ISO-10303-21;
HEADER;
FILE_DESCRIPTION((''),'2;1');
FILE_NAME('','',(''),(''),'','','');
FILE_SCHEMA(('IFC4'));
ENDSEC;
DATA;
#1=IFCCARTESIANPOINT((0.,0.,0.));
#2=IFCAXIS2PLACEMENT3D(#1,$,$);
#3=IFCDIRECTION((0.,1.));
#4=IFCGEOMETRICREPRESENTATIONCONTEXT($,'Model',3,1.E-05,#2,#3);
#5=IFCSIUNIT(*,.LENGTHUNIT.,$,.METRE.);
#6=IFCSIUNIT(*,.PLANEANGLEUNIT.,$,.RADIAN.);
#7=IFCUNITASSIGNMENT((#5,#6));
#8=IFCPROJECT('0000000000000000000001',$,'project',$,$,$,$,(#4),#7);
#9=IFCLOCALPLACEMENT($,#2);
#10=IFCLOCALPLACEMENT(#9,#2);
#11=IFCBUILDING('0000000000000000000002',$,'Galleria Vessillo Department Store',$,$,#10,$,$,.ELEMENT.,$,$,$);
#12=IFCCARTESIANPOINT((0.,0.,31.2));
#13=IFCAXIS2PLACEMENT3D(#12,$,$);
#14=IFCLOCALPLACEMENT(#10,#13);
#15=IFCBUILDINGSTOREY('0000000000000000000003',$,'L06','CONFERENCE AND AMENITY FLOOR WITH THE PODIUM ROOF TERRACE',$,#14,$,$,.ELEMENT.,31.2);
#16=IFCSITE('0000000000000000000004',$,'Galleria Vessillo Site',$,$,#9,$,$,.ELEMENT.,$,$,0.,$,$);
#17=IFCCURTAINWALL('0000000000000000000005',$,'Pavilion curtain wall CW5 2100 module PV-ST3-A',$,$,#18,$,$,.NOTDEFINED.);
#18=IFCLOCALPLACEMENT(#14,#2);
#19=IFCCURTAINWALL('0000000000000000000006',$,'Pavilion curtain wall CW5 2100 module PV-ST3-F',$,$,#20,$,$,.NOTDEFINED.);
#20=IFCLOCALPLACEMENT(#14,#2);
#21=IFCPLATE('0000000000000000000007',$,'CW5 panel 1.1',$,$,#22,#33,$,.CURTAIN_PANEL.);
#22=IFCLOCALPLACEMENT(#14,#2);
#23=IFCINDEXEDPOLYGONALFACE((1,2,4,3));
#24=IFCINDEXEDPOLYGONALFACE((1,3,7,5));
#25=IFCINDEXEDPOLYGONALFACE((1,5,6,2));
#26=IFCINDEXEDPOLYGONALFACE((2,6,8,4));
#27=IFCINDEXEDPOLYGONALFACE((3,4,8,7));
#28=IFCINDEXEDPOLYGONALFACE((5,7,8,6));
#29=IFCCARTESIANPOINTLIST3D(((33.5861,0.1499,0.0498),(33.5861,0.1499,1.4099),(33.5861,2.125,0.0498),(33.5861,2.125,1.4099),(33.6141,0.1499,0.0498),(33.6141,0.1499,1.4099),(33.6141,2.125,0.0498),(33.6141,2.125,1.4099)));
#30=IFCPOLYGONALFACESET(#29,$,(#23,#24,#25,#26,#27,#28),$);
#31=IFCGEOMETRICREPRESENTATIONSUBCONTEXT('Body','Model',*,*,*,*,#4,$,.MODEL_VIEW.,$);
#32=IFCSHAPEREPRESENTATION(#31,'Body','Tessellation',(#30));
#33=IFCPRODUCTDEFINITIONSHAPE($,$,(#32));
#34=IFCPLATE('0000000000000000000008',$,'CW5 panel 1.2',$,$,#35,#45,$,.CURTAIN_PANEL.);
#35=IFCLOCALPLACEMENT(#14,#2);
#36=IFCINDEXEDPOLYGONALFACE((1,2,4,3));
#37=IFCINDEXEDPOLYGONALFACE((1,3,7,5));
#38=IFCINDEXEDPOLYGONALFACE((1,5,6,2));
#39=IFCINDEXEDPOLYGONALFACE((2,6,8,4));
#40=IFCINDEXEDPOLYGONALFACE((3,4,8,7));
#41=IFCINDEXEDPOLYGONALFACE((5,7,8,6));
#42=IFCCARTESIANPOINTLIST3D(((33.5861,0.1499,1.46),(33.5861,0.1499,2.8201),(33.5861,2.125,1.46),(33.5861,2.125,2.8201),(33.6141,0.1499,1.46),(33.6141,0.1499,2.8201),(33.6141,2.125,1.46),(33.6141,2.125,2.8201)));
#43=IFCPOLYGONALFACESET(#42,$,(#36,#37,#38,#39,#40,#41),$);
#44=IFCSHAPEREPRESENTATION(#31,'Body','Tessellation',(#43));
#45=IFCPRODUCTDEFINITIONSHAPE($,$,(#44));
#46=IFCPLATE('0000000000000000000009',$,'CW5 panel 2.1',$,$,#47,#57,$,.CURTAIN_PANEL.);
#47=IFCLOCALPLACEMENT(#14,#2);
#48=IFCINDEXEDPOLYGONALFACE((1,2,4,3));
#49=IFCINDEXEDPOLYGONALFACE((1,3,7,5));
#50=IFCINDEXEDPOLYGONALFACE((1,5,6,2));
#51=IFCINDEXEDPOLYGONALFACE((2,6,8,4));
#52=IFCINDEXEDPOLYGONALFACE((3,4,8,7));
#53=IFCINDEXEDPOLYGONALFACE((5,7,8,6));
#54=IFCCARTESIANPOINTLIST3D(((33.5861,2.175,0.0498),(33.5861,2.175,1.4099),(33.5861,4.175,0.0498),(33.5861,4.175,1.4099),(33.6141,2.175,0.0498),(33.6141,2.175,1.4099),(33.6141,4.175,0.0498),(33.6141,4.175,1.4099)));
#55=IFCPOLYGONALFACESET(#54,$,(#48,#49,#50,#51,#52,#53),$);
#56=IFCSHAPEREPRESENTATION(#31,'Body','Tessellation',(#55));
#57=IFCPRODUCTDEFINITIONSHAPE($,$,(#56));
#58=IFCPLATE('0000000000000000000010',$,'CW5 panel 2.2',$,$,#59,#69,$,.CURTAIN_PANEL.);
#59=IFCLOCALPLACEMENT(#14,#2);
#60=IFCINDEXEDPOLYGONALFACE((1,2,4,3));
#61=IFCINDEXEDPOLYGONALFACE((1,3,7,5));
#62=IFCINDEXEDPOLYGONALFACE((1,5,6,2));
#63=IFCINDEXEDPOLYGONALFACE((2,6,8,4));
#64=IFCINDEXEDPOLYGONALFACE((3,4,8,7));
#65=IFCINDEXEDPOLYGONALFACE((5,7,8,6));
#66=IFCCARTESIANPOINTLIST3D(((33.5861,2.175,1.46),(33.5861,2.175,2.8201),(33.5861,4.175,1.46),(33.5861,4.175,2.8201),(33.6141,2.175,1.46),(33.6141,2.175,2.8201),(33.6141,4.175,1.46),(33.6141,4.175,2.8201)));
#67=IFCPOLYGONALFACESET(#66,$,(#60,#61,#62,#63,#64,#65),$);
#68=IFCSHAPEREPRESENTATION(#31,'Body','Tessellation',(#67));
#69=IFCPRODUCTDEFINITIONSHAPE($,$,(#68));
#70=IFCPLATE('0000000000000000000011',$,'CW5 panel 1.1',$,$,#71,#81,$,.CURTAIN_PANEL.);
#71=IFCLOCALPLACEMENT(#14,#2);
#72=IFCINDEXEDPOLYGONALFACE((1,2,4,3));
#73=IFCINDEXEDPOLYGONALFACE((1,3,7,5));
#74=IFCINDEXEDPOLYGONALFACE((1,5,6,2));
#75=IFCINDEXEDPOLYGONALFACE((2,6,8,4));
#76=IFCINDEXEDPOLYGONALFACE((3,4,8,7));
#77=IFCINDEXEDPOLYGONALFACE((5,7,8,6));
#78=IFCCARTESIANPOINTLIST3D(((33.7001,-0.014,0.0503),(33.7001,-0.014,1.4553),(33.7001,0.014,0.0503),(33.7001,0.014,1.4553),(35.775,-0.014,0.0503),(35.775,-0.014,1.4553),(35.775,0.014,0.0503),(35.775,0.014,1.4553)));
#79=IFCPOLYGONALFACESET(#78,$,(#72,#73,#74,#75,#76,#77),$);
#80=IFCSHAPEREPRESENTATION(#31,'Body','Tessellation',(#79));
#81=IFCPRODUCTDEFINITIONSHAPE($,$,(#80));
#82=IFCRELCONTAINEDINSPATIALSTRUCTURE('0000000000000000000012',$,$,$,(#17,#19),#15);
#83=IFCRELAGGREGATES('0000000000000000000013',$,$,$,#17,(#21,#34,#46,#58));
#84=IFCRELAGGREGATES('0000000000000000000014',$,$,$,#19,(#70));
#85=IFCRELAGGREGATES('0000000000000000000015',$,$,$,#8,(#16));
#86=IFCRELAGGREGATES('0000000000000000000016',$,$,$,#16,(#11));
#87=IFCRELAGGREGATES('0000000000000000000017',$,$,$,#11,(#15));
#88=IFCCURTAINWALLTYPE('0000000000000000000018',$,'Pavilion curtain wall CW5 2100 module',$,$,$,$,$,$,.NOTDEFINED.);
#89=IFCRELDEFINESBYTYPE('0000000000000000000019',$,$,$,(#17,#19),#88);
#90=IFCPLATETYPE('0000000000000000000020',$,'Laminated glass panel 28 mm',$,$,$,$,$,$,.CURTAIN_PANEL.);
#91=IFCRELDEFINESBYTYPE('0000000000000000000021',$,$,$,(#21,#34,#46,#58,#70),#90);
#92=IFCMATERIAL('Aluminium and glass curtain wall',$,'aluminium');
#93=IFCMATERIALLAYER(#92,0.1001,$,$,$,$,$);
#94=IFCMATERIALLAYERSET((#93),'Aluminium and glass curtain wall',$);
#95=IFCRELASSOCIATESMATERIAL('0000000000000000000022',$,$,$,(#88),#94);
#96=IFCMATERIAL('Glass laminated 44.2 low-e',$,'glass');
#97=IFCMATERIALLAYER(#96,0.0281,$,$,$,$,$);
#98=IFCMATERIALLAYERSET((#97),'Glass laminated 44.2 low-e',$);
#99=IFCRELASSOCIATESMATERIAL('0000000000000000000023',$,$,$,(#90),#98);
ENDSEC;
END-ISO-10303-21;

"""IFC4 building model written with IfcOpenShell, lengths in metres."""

from ifc_helpers import new_model, si_unit, direction, frame, origin, origin_2d, place, context, subcontext, project, spatial, rectangle, extrude, material, layer, layer_set, type_object, element, aggregate, save


model = new_model("IFC4")

# Units and contexts
model_context = context("Model", 3, precision=1e-05, world=origin(), true_north=direction((0.0, 1.0)))
body_context = subcontext(model_context, "Body", "Model", "MODEL_VIEW")
ifc_project = project(units=[si_unit("LENGTHUNIT", "METRE"), si_unit("PLANEANGLEUNIT", "RADIAN")], contexts=[model_context])

# Site, building, storey
site_placement = place(None, origin())
site = spatial("IfcSite", under=ifc_project, at=site_placement, Name="Galleria Vessillo Site", CompositionType="ELEMENT", RefElevation=0.0)
building_placement = place(site_placement, origin())
building = spatial("IfcBuilding", under=site, at=building_placement, Name="Galleria Vessillo Department Store", CompositionType="ELEMENT")
storey_placement = place(building_placement, frame((0.0, 0.0, 31.2)))
storey = spatial("IfcBuildingStorey", under=building, at=storey_placement, Name="L06", Description="CONFERENCE AND AMENITY FLOOR WITH THE PODIUM ROOF TERRACE", CompositionType="ELEMENT", Elevation=31.2)

# Curtain wall
ifc_material_1 = material(Name="Aluminium and glass curtain wall", Category="aluminium")
ifc_layer_1 = layer(ifc_material_1, 0.1001)
ifc_layer_set_1 = layer_set([ifc_layer_1], Name="Aluminium and glass curtain wall")
curtain_wall_type = type_object("IfcCurtainWallType", Name="Pavilion curtain wall CW5 2100 module", PredefinedType="NOTDEFINED", material=ifc_layer_set_1)
curtain_wall_1_placement = place(storey_placement, origin())
curtain_wall_1 = element("IfcCurtainWall", 1, at=curtain_wall_1_placement, inside=storey, type_object=curtain_wall_type, Name="Pavilion curtain wall CW5 2100 module PV-ST3-A", PredefinedType="NOTDEFINED")

# Curtain wall
curtain_wall_2_placement = place(storey_placement, origin())
curtain_wall_2 = element("IfcCurtainWall", 2, at=curtain_wall_2_placement, inside=storey, type_object=curtain_wall_type, Name="Pavilion curtain wall CW5 2100 module PV-ST3-F", PredefinedType="NOTDEFINED")

# Plates
ifc_material_2 = material(Name="Glass laminated 44.2 low-e", Category="glass")
ifc_layer_2 = layer(ifc_material_2, 0.0281)
ifc_layer_set_2 = layer_set([ifc_layer_2], Name="Glass laminated 44.2 low-e")
plate_type = type_object("IfcPlateType", Name="Laminated glass panel 28 mm", PredefinedType="CURTAIN_PANEL", material=ifc_layer_set_2)
plate_1_placement = place(storey_placement, frame((33.6001, 1.1375, 0.0498), z_axis=(0.0, 0.0, 1.0), x_axis=(0.0, 1.0, 0.0)))
plate_1 = element("IfcPlate", 3, at=plate_1_placement, type_object=plate_type, Name="CW5 panel 1.1", PredefinedType="CURTAIN_PANEL", context=body_context, shape_type="SweptSolid", body=[
    extrude(rectangle(XDim=1.9751, YDim=0.0281, at=origin_2d()), origin(), (0.0, 0.0, 1.0), 1.3601),
])
plate_2_placement = place(storey_placement, frame((33.6001, 1.1375, 1.46), z_axis=(0.0, 0.0, 1.0), x_axis=(0.0, 1.0, 0.0)))
plate_2 = element("IfcPlate", 4, at=plate_2_placement, type_object=plate_type, Name="CW5 panel 1.2", PredefinedType="CURTAIN_PANEL", context=body_context, shape_type="SweptSolid", body=[
    extrude(rectangle(XDim=1.9751, YDim=0.0281, at=origin_2d()), origin(), (0.0, 0.0, 1.0), 1.3601),
])
plate_3_placement = place(storey_placement, frame((33.6001, 3.175, 0.0498), z_axis=(0.0, 0.0, 1.0), x_axis=(0.0, 1.0, 0.0)))
plate_3 = element("IfcPlate", 5, at=plate_3_placement, type_object=plate_type, Name="CW5 panel 2.1", PredefinedType="CURTAIN_PANEL", context=body_context, shape_type="SweptSolid", body=[
    extrude(rectangle(XDim=2.0, YDim=0.0281, at=origin_2d()), origin(), (0.0, 0.0, 1.0), 1.3601),
])
plate_4_placement = place(storey_placement, frame((33.6001, 3.175, 1.46), z_axis=(0.0, 0.0, 1.0), x_axis=(0.0, 1.0, 0.0)))
plate_4 = element("IfcPlate", 6, at=plate_4_placement, type_object=plate_type, Name="CW5 panel 2.2", PredefinedType="CURTAIN_PANEL", context=body_context, shape_type="SweptSolid", body=[
    extrude(rectangle(XDim=2.0, YDim=0.0281, at=origin_2d()), origin(), (0.0, 0.0, 1.0), 1.3601),
])
aggregate(curtain_wall_1, [plate_1, plate_2, plate_3, plate_4])
plate_5_placement = place(storey_placement, frame((34.7375, 0.0, 0.0503), z_axis=(0.0, 0.0, 1.0), x_axis=(1.0, 0.0, 0.0)))
plate_5 = element("IfcPlate", 7, at=plate_5_placement, type_object=plate_type, Name="CW5 panel 1.1", PredefinedType="CURTAIN_PANEL", context=body_context, shape_type="SweptSolid", body=[
    extrude(rectangle(XDim=2.075, YDim=0.0281, at=origin_2d()), origin(), (0.0, 0.0, 1.0), 1.405),
])
aggregate(curtain_wall_2, [plate_5])

save(model, "model.ifc")
